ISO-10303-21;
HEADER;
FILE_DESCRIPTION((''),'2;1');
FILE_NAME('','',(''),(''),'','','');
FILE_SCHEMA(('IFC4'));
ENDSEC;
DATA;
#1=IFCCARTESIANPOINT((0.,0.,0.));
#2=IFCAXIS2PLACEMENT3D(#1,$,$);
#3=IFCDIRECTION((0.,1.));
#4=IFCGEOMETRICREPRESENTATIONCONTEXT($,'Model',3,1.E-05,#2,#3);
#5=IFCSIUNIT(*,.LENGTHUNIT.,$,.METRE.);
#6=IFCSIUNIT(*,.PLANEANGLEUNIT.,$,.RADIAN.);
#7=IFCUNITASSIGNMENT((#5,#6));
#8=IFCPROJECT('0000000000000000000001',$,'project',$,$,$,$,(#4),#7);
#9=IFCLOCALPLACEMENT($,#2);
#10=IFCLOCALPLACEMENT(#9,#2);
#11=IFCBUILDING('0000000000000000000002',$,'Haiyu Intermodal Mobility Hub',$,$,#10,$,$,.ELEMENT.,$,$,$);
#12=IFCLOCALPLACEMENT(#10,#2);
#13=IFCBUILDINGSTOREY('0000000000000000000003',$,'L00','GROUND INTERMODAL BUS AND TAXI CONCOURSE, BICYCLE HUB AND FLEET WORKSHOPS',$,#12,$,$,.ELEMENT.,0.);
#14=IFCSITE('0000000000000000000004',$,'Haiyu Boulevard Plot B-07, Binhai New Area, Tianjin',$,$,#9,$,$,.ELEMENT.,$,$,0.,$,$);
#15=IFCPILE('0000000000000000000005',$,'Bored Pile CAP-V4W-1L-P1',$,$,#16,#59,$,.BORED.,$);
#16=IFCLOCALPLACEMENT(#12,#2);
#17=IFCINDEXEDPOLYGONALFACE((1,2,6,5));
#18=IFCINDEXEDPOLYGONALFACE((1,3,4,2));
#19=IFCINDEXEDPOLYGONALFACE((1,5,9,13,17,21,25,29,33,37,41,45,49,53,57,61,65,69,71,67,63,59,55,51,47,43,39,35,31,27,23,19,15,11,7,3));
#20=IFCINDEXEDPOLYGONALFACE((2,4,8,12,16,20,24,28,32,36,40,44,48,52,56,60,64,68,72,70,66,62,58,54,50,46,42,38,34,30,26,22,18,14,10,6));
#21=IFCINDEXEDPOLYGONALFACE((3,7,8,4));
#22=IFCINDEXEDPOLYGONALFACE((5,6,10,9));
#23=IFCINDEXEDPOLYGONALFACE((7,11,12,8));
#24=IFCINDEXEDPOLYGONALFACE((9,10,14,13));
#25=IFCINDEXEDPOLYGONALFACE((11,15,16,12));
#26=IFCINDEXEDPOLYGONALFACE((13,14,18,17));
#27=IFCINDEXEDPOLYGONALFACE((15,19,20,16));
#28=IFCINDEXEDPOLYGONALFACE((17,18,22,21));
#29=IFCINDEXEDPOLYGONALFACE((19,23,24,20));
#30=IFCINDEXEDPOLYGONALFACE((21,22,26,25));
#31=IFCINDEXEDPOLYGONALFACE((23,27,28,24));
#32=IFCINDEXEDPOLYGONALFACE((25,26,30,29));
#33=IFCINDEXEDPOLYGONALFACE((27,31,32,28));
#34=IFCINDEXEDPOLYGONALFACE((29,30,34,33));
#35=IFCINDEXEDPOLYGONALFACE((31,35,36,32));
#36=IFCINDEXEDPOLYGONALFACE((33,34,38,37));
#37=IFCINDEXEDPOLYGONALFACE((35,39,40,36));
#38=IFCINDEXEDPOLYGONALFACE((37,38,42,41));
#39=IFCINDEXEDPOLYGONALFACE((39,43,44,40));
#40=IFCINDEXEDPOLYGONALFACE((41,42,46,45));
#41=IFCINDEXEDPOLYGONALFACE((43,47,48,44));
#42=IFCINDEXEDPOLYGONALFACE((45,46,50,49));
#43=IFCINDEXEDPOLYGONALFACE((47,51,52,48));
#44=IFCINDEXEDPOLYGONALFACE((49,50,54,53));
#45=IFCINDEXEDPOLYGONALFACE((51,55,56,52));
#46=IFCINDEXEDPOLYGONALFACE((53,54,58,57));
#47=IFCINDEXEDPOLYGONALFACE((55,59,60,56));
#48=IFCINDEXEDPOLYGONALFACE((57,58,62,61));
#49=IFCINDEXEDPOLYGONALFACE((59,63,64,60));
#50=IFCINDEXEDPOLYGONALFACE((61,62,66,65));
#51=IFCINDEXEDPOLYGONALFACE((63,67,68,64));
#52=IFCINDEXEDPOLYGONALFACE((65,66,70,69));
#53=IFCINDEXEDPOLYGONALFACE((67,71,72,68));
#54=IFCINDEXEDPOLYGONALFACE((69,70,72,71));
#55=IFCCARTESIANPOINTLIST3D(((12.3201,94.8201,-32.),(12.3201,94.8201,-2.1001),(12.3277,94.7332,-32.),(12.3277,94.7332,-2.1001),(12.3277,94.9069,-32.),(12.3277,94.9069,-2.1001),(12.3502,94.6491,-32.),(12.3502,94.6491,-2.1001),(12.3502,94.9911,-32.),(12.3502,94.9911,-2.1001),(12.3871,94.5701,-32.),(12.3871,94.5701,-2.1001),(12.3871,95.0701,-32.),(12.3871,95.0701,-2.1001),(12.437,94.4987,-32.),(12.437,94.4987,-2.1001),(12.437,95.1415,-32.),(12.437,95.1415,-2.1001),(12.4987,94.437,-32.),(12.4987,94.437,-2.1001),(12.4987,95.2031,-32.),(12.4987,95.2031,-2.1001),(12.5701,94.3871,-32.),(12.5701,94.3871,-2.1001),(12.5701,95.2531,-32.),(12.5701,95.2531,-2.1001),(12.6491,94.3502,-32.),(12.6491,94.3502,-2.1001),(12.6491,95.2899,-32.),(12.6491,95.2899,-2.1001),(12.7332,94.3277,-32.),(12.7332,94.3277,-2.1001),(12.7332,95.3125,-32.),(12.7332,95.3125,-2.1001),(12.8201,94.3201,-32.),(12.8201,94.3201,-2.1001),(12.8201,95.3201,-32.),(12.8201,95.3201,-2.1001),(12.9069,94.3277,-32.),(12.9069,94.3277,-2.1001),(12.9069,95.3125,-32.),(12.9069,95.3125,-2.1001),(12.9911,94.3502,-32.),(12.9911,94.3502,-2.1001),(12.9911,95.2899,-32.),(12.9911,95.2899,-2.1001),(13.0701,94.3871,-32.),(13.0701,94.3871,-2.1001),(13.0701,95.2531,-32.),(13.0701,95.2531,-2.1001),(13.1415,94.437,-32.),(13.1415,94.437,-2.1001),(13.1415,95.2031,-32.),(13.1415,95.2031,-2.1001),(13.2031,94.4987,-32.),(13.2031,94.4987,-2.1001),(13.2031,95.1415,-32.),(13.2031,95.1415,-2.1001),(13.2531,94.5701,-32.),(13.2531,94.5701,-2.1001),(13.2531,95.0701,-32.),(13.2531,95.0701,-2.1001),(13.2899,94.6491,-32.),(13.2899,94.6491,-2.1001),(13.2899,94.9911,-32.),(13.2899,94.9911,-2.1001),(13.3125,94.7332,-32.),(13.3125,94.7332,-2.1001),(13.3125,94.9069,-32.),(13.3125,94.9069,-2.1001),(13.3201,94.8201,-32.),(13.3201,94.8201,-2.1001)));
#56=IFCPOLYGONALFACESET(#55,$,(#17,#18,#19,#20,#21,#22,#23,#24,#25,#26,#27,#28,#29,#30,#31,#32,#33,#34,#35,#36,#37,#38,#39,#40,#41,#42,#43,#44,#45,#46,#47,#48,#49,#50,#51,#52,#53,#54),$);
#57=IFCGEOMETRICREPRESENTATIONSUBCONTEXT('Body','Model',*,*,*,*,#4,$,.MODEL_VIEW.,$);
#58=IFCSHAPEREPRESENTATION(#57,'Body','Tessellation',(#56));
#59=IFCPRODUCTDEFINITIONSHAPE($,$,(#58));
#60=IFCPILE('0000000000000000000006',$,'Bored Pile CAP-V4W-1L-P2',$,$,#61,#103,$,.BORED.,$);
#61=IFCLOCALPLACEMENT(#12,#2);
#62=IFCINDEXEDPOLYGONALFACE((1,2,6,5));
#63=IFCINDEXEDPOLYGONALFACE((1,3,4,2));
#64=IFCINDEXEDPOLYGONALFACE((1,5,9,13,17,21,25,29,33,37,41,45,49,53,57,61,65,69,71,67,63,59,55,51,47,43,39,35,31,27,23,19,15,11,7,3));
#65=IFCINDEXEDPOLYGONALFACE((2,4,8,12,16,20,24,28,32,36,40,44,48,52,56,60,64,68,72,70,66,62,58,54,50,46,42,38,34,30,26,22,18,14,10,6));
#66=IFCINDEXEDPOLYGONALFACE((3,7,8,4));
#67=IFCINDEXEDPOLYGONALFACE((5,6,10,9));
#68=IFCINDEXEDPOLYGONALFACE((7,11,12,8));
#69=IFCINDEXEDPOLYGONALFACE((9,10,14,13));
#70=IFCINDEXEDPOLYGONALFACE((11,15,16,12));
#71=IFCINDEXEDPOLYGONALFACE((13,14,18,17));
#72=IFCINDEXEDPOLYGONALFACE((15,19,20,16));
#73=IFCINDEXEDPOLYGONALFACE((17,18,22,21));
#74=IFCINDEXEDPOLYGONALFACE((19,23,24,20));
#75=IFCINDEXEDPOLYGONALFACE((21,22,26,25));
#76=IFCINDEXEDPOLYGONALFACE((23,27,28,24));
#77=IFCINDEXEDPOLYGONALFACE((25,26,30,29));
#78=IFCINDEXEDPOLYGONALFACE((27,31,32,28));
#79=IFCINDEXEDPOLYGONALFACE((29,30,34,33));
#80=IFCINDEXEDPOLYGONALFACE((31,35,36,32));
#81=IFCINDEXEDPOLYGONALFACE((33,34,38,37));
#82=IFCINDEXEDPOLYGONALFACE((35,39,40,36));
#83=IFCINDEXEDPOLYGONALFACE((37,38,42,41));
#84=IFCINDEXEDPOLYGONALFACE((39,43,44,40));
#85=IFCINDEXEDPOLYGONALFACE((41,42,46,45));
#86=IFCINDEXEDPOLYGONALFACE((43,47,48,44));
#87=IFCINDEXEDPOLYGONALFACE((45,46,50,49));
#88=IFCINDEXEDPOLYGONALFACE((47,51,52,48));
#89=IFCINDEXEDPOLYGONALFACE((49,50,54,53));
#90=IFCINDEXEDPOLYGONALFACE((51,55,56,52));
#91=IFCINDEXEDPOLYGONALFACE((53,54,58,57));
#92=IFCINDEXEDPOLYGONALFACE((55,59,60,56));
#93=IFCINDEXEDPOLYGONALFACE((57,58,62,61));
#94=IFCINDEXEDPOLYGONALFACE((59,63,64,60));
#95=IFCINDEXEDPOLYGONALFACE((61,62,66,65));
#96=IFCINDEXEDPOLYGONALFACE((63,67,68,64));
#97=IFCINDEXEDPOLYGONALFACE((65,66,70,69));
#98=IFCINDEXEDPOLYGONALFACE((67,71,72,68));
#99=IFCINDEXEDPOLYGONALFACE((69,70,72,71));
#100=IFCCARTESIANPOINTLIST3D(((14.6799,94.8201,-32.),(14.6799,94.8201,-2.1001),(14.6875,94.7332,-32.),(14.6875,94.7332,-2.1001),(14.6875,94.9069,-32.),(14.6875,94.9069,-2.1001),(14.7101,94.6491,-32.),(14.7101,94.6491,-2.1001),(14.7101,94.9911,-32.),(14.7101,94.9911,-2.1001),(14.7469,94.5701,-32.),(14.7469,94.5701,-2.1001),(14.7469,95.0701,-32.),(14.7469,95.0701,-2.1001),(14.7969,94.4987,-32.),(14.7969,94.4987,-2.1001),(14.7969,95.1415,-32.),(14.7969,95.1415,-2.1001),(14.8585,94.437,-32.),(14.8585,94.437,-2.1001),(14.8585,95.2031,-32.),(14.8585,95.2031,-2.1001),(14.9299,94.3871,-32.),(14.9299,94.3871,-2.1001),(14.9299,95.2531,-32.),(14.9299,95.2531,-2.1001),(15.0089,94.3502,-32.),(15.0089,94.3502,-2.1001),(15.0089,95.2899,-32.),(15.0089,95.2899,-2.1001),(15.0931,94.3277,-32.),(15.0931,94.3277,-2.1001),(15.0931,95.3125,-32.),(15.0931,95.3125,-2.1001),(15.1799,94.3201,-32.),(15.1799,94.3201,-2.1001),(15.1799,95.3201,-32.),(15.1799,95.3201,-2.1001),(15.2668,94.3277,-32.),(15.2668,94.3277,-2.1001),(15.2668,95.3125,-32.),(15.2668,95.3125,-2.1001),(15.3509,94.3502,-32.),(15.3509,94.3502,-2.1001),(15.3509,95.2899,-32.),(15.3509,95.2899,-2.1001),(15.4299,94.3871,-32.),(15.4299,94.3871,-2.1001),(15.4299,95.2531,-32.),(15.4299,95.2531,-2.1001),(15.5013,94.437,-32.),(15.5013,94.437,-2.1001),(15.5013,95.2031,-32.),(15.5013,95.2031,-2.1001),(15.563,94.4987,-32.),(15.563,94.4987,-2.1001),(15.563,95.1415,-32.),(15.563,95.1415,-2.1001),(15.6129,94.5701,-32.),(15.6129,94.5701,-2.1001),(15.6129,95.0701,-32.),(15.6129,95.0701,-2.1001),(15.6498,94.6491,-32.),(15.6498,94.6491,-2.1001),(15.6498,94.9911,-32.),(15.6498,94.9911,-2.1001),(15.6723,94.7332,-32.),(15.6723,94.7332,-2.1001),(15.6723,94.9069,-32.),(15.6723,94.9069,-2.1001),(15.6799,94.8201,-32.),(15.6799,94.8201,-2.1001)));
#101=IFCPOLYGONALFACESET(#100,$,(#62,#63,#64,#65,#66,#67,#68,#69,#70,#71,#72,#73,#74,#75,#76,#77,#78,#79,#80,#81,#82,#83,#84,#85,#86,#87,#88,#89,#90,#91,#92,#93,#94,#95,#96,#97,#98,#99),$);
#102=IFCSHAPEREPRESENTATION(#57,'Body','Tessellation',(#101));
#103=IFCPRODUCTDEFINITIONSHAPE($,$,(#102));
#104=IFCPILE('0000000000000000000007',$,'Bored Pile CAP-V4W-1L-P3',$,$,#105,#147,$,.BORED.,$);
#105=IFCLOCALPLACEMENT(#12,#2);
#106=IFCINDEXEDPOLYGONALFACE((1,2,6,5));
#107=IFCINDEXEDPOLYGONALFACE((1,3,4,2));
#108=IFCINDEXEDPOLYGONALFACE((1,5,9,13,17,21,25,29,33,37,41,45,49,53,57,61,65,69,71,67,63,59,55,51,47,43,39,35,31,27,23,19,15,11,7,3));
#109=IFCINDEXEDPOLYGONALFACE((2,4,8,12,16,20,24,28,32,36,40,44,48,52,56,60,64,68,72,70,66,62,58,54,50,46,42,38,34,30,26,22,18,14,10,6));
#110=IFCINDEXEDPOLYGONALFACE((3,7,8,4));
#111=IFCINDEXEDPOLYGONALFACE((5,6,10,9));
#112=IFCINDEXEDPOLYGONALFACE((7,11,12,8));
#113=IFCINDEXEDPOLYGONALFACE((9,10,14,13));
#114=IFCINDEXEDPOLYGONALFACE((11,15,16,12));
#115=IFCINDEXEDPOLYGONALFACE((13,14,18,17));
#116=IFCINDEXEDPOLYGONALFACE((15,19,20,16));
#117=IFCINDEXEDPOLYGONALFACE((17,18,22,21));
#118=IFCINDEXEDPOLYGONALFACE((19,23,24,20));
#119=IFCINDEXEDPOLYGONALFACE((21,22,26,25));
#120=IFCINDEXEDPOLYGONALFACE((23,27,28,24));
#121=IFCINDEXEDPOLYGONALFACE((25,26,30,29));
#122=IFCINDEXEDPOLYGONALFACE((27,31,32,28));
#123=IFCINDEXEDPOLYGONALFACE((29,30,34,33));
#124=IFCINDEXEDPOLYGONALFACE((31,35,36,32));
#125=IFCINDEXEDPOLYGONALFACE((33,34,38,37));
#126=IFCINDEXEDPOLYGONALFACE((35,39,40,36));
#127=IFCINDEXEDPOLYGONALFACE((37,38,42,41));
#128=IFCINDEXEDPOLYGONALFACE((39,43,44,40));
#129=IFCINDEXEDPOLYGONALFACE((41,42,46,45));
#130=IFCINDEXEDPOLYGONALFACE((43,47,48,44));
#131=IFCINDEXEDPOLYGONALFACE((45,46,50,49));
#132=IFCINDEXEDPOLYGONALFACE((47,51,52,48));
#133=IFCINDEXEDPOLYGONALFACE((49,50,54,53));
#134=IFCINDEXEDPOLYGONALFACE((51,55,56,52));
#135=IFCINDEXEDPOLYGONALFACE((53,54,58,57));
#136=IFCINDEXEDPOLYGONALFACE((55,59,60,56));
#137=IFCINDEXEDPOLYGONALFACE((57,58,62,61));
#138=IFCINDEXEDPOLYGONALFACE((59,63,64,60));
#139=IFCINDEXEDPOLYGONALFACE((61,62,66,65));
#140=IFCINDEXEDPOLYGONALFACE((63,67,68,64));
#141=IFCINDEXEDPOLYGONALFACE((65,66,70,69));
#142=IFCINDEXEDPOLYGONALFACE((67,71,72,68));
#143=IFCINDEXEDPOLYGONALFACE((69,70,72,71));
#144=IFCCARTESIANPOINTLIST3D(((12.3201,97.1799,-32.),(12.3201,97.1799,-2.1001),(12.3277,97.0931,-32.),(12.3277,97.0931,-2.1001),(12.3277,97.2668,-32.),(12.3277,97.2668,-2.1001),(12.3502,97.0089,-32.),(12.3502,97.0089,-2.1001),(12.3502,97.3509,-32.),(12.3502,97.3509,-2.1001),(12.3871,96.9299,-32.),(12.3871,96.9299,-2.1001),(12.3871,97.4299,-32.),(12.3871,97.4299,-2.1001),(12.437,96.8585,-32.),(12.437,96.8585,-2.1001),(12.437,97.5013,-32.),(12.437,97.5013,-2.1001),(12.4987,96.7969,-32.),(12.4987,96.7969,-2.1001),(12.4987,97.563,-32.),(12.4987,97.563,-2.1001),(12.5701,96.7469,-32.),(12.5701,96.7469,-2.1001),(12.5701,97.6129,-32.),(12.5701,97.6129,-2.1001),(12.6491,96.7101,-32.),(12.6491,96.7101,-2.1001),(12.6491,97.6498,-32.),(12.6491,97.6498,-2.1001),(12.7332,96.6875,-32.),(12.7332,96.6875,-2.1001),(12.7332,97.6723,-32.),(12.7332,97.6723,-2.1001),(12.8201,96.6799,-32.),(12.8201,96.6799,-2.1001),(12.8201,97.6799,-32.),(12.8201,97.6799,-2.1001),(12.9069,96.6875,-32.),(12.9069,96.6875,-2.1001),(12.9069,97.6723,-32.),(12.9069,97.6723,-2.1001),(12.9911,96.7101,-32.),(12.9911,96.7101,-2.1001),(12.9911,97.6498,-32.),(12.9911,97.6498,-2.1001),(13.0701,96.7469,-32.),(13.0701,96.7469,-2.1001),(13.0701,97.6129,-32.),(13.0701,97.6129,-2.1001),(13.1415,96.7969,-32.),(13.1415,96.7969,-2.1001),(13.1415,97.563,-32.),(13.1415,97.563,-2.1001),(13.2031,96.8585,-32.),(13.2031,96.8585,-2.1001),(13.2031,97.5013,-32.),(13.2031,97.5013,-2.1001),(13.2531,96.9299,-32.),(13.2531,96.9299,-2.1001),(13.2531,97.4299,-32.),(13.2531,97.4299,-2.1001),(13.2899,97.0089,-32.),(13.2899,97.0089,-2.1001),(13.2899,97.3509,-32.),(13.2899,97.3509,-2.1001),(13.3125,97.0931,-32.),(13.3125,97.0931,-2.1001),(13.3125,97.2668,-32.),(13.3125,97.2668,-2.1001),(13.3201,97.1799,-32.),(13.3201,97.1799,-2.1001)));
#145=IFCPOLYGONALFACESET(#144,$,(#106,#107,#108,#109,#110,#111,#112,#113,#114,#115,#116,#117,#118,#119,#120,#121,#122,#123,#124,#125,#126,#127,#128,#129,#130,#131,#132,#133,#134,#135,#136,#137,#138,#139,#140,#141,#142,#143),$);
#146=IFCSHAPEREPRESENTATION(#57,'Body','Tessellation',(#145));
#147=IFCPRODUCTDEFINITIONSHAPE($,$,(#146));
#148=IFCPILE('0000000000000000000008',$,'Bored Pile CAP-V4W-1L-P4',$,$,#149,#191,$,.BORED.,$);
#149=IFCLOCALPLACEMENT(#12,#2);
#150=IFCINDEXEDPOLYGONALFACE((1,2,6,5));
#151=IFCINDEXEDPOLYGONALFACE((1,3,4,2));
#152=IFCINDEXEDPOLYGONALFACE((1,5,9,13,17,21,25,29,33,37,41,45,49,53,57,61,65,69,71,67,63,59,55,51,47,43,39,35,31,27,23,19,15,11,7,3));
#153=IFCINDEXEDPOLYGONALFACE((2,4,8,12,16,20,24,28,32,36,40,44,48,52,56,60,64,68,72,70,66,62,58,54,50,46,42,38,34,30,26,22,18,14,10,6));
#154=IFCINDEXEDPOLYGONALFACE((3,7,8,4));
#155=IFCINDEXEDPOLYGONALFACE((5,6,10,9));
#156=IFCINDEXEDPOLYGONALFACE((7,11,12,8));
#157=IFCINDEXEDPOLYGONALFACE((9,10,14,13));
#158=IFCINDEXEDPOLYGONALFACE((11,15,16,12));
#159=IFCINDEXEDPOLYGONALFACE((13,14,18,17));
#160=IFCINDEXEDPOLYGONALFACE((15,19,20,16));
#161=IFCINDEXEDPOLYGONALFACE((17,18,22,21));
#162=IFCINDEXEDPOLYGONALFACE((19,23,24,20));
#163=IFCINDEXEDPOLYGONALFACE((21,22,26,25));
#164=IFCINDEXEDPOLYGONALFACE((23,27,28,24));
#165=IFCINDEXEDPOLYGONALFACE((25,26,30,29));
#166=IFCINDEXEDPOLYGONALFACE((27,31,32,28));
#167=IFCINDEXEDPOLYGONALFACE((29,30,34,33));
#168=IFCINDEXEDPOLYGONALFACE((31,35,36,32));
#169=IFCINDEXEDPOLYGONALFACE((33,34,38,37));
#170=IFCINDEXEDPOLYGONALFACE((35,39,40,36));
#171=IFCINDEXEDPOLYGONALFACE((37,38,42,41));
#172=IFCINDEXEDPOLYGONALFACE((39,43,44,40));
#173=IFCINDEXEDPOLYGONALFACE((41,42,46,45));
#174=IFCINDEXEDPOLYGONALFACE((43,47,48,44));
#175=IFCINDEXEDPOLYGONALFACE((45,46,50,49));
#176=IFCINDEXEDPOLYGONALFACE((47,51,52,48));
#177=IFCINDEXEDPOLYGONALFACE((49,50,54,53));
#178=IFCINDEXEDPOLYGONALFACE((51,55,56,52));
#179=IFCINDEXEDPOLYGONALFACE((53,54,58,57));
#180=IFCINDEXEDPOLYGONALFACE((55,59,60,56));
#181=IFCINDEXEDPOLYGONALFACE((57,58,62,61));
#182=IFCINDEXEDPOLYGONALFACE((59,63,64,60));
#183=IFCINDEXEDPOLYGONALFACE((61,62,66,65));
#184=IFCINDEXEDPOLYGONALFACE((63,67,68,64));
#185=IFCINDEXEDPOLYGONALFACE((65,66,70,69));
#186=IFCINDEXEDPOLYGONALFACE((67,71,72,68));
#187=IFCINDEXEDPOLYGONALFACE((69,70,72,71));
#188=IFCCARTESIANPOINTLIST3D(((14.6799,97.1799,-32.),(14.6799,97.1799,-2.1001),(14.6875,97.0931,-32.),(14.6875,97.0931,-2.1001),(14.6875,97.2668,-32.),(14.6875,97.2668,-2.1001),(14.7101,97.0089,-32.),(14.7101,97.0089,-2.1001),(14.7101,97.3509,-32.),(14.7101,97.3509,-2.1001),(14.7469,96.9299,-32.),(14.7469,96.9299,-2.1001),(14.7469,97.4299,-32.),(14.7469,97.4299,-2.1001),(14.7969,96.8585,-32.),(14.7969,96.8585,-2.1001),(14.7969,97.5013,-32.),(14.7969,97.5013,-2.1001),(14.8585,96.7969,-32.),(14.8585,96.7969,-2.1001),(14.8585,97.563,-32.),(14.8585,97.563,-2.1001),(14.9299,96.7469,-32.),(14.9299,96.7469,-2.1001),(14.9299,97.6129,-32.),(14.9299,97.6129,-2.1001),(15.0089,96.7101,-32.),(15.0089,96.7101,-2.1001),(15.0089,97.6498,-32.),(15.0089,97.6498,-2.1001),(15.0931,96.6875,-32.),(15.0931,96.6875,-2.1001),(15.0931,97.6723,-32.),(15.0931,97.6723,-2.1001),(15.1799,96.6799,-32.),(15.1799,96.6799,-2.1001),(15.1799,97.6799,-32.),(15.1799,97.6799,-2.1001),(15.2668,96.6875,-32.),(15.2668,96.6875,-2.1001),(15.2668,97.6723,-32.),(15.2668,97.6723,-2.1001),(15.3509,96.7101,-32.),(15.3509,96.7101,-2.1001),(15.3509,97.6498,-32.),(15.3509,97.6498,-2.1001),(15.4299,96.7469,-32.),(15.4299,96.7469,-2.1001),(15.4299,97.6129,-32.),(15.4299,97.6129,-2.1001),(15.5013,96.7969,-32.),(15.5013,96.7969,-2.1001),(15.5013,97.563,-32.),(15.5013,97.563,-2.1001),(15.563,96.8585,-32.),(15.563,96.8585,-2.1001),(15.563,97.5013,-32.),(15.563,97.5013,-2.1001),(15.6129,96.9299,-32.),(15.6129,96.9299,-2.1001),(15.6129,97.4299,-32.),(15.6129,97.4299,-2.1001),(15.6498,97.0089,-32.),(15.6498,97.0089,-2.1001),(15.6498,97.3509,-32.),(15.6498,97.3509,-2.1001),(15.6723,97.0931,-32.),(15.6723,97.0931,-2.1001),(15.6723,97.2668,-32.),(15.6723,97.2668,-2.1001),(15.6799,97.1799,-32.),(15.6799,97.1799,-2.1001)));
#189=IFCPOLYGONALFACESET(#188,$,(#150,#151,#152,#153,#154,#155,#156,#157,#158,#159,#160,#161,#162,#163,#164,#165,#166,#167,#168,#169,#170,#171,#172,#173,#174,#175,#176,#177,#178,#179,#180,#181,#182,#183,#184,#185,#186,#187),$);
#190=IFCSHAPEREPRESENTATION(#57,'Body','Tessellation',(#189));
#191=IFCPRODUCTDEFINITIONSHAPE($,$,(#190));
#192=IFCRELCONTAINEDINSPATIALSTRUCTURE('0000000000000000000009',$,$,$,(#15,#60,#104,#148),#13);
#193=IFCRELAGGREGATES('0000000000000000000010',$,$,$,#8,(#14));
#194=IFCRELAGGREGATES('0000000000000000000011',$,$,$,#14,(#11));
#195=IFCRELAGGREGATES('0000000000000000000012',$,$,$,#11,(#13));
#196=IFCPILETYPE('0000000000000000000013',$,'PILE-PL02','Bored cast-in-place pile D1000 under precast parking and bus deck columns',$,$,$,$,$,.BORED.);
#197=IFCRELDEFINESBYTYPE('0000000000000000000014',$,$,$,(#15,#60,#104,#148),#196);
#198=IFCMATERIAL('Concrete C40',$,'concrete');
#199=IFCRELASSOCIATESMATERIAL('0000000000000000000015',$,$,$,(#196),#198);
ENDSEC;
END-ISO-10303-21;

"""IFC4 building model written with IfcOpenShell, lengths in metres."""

from ifc_helpers import new_model, si_unit, direction, frame, origin, origin_2d, place, context, subcontext, project, spatial, circle, extrude, material, material_profile, profile_set, type_object, element, save


model = new_model("IFC4")

# Units and contexts
model_context = context("Model", 3, precision=1e-05, world=origin(), true_north=direction((0.0, 1.0)))
body_context = subcontext(model_context, "Body", "Model", "MODEL_VIEW")
ifc_project = project(units=[si_unit("LENGTHUNIT", "METRE"), si_unit("PLANEANGLEUNIT", "RADIAN")], contexts=[model_context])

# Site, building, storey
site_placement = place(None, origin())
site = spatial("IfcSite", under=ifc_project, at=site_placement, Name="Haiyu Boulevard Plot B-07, Binhai New Area, Tianjin", CompositionType="ELEMENT", RefElevation=0.0)
building_placement = place(site_placement, origin())
building = spatial("IfcBuilding", under=site, at=building_placement, Name="Haiyu Intermodal Mobility Hub", CompositionType="ELEMENT")
storey_placement = place(building_placement, origin())
storey = spatial("IfcBuildingStorey", under=building, at=storey_placement, Name="L00", Description="GROUND INTERMODAL BUS AND TAXI CONCOURSE, BICYCLE HUB AND FLEET WORKSHOPS", CompositionType="ELEMENT", Elevation=0.0)

# Shared definitions
ifc_material_1 = material(Name="Concrete C40", Category="concrete")

# Piles
ifc_material_profile_1 = material_profile(ifc_material_1, circle(Radius=0.5, at=origin_2d()), Name="PILE-D1000")
ifc_profile_set_1 = profile_set([ifc_material_profile_1], Name="Concrete C40")
pile_type = type_object("IfcPileType", Name="PILE-PL02", Description="Bored cast-in-place pile D1000 under precast parking and bus deck columns", PredefinedType="BORED", material=ifc_profile_set_1)
for number, where, z_axis, x_axis, name in (
    (1, (12.8201, 94.8201, -2.1001), (0.0, 0.0, -1.0), (1.0, 0.0, 0.0), "Bored Pile CAP-V4W-1L-P1"),
    (2, (15.1799, 94.8201, -2.1001), (0.0, 0.0, -1.0), (1.0, 0.0, 0.0), "Bored Pile CAP-V4W-1L-P2"),
    (3, (12.8201, 97.1799, -2.1001), (0.0, 0.0, -1.0), (1.0, 0.0, 0.0), "Bored Pile CAP-V4W-1L-P3"),
    (4, (15.1799, 97.1799, -2.1001), (0.0, 0.0, -1.0), (1.0, 0.0, 0.0), "Bored Pile CAP-V4W-1L-P4"),
):
    element("IfcPile", number, at=place(storey_placement, frame(where, z_axis=z_axis, x_axis=x_axis)), inside=storey, type_object=pile_type, Name=name, PredefinedType="BORED", context=body_context, shape_type="SweptSolid", body=[
        extrude(circle(Radius=0.5, at=origin_2d()), origin(), (0.0, 0.0, 1.0), 29.8999),
    ])

save(model, "model.ifc")
